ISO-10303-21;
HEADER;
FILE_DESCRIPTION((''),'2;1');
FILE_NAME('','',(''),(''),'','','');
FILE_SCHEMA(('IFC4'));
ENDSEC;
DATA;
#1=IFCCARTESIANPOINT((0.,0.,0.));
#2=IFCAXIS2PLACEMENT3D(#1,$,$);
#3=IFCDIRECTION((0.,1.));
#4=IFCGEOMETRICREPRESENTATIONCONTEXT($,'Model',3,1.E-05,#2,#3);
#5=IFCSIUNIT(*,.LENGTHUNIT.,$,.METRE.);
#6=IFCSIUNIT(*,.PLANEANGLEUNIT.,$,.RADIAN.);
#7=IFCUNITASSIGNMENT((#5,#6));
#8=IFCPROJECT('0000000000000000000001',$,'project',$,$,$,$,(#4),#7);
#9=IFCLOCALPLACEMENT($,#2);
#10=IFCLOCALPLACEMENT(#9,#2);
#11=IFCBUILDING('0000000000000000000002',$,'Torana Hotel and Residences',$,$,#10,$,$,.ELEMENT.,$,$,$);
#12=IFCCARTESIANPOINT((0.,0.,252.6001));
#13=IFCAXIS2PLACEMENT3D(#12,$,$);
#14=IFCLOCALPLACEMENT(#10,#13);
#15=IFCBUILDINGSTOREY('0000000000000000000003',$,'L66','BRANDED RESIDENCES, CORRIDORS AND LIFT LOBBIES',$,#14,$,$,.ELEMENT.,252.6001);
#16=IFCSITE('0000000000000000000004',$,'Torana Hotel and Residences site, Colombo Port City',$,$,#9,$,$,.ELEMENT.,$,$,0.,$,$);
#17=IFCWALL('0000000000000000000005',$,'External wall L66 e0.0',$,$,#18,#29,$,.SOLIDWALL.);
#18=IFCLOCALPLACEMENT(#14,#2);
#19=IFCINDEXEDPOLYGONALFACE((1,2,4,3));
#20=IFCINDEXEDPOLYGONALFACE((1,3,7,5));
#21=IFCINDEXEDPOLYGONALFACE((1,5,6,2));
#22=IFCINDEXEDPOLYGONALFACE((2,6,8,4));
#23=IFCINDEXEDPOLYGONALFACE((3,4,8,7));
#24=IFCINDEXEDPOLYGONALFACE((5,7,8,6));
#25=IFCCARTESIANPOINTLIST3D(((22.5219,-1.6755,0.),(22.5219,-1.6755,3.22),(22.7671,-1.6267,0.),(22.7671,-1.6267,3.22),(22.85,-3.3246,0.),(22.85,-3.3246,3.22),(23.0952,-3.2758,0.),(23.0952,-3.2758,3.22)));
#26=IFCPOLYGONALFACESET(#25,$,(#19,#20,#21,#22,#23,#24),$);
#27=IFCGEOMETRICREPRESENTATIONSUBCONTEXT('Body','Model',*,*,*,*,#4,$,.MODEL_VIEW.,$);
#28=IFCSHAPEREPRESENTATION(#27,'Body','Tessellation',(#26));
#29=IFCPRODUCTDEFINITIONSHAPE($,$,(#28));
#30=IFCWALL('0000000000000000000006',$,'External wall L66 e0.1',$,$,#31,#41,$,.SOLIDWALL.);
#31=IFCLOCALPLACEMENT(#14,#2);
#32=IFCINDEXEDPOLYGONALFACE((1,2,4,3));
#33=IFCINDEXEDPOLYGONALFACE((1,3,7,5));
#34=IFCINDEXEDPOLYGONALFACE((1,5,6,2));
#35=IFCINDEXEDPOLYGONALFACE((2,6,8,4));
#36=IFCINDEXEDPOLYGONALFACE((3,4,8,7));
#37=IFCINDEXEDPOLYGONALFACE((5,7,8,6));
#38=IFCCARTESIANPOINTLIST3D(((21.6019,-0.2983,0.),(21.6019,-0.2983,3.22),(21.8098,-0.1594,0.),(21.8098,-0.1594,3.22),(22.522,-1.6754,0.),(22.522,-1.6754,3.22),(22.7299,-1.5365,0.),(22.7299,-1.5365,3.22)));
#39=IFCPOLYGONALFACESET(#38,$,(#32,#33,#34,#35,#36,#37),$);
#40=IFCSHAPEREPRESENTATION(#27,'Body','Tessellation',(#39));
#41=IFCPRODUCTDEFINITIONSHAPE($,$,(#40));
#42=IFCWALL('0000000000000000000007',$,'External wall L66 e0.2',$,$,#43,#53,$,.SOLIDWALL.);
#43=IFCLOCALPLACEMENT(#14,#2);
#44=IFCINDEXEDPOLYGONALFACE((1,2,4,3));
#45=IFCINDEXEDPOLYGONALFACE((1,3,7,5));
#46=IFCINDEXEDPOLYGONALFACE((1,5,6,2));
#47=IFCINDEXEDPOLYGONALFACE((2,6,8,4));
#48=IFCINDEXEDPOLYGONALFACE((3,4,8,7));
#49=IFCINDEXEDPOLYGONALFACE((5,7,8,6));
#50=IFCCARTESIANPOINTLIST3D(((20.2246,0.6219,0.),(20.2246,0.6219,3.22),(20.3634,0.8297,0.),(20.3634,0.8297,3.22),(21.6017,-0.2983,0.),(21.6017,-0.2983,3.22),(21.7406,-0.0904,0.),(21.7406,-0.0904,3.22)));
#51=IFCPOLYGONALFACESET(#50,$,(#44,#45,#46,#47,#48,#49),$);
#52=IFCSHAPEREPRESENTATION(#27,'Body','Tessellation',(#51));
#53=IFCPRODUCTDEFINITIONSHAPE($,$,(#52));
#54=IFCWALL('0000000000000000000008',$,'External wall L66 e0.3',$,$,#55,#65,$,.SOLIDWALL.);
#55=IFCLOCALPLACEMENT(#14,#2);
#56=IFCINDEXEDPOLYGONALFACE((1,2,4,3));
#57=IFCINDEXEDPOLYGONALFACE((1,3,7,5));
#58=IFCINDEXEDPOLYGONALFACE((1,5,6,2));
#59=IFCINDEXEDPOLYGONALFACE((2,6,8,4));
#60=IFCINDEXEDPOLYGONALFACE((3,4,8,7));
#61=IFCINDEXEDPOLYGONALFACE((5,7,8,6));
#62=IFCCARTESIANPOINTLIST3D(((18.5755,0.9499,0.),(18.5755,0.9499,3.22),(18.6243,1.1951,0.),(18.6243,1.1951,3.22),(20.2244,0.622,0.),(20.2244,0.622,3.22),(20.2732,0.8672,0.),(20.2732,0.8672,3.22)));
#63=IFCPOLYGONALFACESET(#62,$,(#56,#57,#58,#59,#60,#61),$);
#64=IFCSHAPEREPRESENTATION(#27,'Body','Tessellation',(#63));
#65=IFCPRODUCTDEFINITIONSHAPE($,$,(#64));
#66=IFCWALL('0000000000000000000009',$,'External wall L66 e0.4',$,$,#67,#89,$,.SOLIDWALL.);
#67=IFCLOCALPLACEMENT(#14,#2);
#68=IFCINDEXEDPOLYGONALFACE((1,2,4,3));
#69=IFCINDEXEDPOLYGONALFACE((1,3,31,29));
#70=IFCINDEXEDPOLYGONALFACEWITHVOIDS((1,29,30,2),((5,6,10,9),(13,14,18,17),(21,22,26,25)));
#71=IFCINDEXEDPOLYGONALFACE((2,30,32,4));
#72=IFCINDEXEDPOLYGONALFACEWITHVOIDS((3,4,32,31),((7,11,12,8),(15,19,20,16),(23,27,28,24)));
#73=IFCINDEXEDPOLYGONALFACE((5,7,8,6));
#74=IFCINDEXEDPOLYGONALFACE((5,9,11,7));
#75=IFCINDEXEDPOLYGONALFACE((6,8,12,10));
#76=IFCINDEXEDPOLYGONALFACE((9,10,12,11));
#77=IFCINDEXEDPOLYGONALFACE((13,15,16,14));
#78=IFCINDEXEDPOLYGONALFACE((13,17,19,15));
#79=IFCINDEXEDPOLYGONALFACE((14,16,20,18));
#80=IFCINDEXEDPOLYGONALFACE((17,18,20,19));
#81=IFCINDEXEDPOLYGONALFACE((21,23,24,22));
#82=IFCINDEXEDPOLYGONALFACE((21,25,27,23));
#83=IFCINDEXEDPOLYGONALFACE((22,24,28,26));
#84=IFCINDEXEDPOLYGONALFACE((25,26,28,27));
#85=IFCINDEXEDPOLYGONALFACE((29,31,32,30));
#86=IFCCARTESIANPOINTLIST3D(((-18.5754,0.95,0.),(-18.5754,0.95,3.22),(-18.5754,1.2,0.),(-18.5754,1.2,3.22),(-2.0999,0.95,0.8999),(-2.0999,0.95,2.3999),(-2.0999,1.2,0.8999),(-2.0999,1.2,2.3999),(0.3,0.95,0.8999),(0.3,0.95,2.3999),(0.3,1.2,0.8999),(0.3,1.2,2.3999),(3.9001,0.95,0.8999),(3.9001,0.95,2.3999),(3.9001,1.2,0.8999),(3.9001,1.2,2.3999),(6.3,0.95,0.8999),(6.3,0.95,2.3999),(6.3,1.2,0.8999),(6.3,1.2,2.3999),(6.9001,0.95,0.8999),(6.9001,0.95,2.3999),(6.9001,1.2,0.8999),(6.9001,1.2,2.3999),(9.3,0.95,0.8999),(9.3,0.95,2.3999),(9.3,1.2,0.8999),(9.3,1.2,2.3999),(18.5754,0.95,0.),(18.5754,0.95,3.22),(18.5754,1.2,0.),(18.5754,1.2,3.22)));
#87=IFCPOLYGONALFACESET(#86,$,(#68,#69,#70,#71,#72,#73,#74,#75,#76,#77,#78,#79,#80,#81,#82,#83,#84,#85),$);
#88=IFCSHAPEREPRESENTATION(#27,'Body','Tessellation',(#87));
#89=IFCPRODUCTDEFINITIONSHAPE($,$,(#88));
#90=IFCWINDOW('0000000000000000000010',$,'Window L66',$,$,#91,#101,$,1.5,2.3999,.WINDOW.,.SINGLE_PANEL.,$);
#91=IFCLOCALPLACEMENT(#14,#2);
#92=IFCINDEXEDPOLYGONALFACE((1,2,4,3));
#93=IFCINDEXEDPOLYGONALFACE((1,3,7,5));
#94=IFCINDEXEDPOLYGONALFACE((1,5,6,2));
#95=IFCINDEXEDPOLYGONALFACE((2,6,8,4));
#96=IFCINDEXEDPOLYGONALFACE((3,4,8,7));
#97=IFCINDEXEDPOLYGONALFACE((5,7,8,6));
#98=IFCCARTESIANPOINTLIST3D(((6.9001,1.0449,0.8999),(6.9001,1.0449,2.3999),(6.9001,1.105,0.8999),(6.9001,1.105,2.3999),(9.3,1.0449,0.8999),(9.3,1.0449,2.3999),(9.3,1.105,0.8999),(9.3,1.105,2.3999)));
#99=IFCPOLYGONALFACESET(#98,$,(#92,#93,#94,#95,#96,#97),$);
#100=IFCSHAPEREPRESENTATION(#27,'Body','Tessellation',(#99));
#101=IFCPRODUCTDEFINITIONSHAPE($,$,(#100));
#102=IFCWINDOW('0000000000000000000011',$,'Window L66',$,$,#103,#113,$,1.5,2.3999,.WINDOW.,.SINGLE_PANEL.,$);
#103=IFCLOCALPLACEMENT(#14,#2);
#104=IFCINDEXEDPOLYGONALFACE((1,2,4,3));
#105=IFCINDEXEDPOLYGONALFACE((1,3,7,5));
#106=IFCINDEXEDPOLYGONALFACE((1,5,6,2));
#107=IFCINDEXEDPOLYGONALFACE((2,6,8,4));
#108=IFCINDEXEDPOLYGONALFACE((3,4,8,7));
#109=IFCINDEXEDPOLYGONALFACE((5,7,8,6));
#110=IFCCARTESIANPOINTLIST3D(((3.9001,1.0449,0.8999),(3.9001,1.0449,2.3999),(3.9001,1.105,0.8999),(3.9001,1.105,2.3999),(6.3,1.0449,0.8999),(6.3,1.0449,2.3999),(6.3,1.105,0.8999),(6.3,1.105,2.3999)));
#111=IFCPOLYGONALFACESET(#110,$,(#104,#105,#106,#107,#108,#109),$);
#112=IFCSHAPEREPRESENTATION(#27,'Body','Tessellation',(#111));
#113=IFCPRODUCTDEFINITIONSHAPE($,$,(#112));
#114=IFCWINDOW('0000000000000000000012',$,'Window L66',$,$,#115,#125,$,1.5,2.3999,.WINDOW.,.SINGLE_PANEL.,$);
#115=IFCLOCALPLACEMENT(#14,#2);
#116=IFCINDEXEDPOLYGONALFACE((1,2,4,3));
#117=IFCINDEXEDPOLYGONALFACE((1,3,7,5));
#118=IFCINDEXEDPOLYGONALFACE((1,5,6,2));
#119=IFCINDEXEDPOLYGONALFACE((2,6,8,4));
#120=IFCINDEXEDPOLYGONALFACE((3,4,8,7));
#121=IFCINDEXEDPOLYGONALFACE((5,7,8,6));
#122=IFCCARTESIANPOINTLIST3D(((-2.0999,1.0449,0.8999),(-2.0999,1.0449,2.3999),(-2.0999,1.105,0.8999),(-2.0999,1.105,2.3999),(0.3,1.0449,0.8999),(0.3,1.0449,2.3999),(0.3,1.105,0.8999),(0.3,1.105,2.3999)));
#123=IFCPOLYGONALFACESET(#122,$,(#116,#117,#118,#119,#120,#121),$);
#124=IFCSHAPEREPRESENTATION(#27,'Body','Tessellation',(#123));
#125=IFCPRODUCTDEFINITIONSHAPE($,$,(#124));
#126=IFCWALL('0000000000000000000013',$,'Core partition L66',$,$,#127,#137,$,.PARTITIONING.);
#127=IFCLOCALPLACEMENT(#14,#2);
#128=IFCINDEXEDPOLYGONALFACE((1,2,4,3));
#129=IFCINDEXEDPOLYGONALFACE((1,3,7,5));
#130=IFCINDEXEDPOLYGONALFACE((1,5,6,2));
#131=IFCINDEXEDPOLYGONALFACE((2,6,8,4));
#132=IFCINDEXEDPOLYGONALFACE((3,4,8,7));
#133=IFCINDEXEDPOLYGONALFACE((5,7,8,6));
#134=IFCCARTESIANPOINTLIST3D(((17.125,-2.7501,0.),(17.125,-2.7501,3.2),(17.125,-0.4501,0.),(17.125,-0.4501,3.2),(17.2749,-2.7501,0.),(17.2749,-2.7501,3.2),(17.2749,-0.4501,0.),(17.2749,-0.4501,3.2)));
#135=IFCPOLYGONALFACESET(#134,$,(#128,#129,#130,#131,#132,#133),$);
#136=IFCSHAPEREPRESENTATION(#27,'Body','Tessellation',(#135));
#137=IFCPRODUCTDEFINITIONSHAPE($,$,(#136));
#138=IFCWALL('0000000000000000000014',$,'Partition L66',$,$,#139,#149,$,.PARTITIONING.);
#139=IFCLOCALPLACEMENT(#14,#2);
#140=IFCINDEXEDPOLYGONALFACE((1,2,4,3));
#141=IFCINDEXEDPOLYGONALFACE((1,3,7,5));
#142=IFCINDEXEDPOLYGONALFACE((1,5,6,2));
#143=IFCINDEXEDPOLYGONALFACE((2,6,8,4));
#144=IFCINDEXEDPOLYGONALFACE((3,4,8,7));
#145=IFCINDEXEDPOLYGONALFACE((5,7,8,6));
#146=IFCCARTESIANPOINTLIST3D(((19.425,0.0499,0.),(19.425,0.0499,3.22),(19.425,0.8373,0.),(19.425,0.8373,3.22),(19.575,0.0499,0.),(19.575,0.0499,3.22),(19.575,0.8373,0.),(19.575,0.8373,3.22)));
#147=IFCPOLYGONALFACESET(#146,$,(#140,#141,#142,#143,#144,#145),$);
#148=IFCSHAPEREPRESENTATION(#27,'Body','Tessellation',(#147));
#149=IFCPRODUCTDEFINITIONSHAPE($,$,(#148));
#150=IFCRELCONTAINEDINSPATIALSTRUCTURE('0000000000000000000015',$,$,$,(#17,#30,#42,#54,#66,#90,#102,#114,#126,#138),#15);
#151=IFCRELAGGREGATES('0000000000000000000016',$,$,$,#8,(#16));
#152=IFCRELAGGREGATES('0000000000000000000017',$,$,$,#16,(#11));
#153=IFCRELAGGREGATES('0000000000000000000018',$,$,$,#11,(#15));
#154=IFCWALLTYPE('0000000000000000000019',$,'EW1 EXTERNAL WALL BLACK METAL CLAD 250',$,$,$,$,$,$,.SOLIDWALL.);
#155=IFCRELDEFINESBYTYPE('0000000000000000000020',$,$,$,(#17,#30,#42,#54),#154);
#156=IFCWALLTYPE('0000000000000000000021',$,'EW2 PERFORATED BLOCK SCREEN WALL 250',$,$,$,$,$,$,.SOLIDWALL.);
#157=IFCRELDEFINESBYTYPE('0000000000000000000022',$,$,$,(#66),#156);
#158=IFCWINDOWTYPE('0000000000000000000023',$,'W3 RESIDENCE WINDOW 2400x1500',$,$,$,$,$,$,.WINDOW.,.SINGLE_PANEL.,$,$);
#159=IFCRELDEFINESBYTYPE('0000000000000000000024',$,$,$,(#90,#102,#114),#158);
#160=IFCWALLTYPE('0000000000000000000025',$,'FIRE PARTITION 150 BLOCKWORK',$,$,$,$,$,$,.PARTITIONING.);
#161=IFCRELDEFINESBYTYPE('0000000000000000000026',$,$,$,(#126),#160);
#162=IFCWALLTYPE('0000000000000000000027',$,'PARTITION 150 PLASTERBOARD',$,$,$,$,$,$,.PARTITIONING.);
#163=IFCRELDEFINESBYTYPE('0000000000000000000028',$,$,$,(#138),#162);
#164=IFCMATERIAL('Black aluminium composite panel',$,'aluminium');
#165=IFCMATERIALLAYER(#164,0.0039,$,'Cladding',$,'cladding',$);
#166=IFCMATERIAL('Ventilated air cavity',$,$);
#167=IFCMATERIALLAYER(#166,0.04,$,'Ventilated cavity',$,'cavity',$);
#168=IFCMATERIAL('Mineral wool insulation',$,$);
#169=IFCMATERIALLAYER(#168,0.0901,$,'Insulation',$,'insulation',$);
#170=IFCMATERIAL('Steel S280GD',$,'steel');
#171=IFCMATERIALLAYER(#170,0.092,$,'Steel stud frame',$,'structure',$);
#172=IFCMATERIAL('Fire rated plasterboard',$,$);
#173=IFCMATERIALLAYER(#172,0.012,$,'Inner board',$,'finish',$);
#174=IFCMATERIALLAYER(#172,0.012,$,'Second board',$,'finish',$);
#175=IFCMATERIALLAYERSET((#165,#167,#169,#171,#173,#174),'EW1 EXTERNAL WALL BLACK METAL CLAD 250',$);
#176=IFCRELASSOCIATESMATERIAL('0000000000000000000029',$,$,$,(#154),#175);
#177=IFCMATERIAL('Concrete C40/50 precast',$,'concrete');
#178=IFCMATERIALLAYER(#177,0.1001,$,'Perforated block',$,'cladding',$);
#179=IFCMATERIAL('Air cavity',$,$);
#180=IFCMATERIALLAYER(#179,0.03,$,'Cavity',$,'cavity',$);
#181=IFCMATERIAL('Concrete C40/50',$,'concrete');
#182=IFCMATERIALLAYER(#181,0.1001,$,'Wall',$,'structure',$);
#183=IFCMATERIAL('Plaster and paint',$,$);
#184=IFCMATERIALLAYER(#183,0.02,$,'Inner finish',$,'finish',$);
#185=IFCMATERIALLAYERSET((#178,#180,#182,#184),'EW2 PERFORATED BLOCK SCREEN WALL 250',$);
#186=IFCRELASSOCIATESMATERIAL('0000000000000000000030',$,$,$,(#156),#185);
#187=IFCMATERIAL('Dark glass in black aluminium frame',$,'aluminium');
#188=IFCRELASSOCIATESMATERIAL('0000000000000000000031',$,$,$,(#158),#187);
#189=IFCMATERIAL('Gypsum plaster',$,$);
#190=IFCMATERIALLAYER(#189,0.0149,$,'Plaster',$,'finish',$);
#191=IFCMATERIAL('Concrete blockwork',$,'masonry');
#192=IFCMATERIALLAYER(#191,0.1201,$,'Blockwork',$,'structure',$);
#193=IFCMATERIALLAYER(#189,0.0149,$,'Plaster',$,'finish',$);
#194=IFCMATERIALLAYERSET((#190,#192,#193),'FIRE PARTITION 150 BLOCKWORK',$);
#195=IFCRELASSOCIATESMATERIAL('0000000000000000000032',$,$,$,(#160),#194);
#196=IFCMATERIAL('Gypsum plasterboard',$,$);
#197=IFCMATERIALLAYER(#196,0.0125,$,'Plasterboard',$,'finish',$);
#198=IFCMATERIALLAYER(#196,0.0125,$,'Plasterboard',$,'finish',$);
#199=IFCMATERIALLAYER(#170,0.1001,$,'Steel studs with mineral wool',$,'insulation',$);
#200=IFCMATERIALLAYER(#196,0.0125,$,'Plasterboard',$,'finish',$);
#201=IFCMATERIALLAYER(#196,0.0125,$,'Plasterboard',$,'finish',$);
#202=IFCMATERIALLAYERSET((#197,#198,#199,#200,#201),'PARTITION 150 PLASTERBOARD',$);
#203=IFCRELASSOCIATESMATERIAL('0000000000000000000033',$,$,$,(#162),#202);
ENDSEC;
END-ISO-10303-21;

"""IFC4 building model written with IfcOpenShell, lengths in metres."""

from ifc_helpers import new_model, si_unit, direction, frame, frame_2d, origin, place, context, subcontext, project, spatial, rectangle, extrude, material, layer, layer_set, type_object, element, fill, save


model = new_model("IFC4")

# Units and contexts
model_context = context("Model", 3, precision=1e-05, world=origin(), true_north=direction((0.0, 1.0)))
body_context = subcontext(model_context, "Body", "Model", "MODEL_VIEW")
ifc_project = project(units=[si_unit("LENGTHUNIT", "METRE"), si_unit("PLANEANGLEUNIT", "RADIAN")], contexts=[model_context])

# Site, building, storey
site_placement = place(None, origin())
site = spatial("IfcSite", under=ifc_project, at=site_placement, Name="Torana Hotel and Residences site, Colombo Port City", CompositionType="ELEMENT", RefElevation=0.0)
building_placement = place(site_placement, origin())
building = spatial("IfcBuilding", under=site, at=building_placement, Name="Torana Hotel and Residences", CompositionType="ELEMENT")
storey_placement = place(building_placement, frame((0.0, 0.0, 252.6001)))
storey = spatial("IfcBuildingStorey", under=building, at=storey_placement, Name="L66", Description="BRANDED RESIDENCES, CORRIDORS AND LIFT LOBBIES", CompositionType="ELEMENT", Elevation=252.6001)

# Walls
ifc_material_1 = material(Name="Black aluminium composite panel", Category="aluminium")
ifc_layer_1 = layer(ifc_material_1, 0.0039, Name="Cladding", Category="cladding")
ifc_material_2 = material(Name="Ventilated air cavity")
ifc_layer_2 = layer(ifc_material_2, 0.04, Name="Ventilated cavity", Category="cavity")
ifc_material_3 = material(Name="Mineral wool insulation")
ifc_layer_3 = layer(ifc_material_3, 0.0901, Name="Insulation", Category="insulation")
ifc_material_4 = material(Name="Steel S280GD", Category="steel")
ifc_layer_4 = layer(ifc_material_4, 0.092, Name="Steel stud frame", Category="structure")
ifc_material_5 = material(Name="Fire rated plasterboard")
ifc_layer_5 = layer(ifc_material_5, 0.012, Name="Inner board", Category="finish")
ifc_layer_6 = layer(ifc_material_5, 0.012, Name="Second board", Category="finish")
ifc_layer_set_1 = layer_set([ifc_layer_1, ifc_layer_2, ifc_layer_3, ifc_layer_4, ifc_layer_5, ifc_layer_6], Name="EW1 EXTERNAL WALL BLACK METAL CLAD 250")
wall_type_1 = type_object("IfcWallType", Name="EW1 EXTERNAL WALL BLACK METAL CLAD 250", PredefinedType="SOLIDWALL", material=ifc_layer_set_1)
wall_1_placement = place(storey_placement, frame((22.9727, -3.3003, 0.0), z_axis=(0.0, 0.0, 1.0), x_axis=(-0.195139, 0.980776, 0.0)))
element("IfcWall", 1, at=wall_1_placement, inside=storey, type_object=wall_type_1, Name="External wall L66 e0.0", PredefinedType="SOLIDWALL", context=body_context, shape_type="SweptSolid", body=[
    extrude(rectangle(XDim=1.6814, YDim=0.25, at=frame_2d((0.8408, 0.0))), origin(), (0.0, 0.0, 1.0), 3.22),
])
for number, where, z_axis, x_axis, name in (
    (2, (22.626, -1.606, 0.0), (0.0, 0.0, 1.0), (-0.55555, 0.831483, 0.0), "External wall L66 e0.1"),
    (3, (21.6711, -0.1943, 0.0), (0.0, 0.0, 1.0), (-0.831483, 0.55555, 0.0), "External wall L66 e0.2"),
):
    element("IfcWall", number, at=place(storey_placement, frame(where, z_axis=z_axis, x_axis=x_axis)), inside=storey, type_object=wall_type_1, Name=name, PredefinedType="SOLIDWALL", context=body_context, shape_type="SweptSolid", body=[
        extrude(rectangle(XDim=1.6562, YDim=0.25, at=frame_2d((0.8281, 0.0))), origin(), (0.0, 0.0, 1.0), 3.22),
    ])
wall_2_placement = place(storey_placement, frame((20.2488, 0.7446, 0.0), z_axis=(0.0, 0.0, 1.0), x_axis=(-0.980798, 0.195027, 0.0)))
element("IfcWall", 4, at=wall_2_placement, inside=storey, type_object=wall_type_1, Name="External wall L66 e0.3", PredefinedType="SOLIDWALL", context=body_context, shape_type="SweptSolid", body=[
    extrude(rectangle(XDim=1.6812, YDim=0.25, at=frame_2d((0.8406, 0.0))), origin(), (0.0, 0.0, 1.0), 3.22),
])

# Wall, openings, windows
ifc_material_6 = material(Name="Concrete C40/50 precast", Category="concrete")
ifc_layer_7 = layer(ifc_material_6, 0.1001, Name="Perforated block", Category="cladding")
ifc_material_7 = material(Name="Air cavity")
ifc_layer_8 = layer(ifc_material_7, 0.03, Name="Cavity", Category="cavity")
ifc_material_8 = material(Name="Concrete C40/50", Category="concrete")
ifc_layer_9 = layer(ifc_material_8, 0.1001, Name="Wall", Category="structure")
ifc_material_9 = material(Name="Plaster and paint")
ifc_layer_10 = layer(ifc_material_9, 0.02, Name="Inner finish", Category="finish")
ifc_layer_set_2 = layer_set([ifc_layer_7, ifc_layer_8, ifc_layer_9, ifc_layer_10], Name="EW2 PERFORATED BLOCK SCREEN WALL 250")
wall_type_2 = type_object("IfcWallType", Name="EW2 PERFORATED BLOCK SCREEN WALL 250", PredefinedType="SOLIDWALL", material=ifc_layer_set_2)
wall_3_placement = place(storey_placement, frame((18.5754, 1.075, 0.0), z_axis=(0.0, 0.0, 1.0), x_axis=(-1.0, 0.0, 0.0)))
wall_3 = element("IfcWall", 5, at=wall_3_placement, inside=storey, type_object=wall_type_2, Name="External wall L66 e0.4", PredefinedType="SOLIDWALL", context=body_context, shape_type="SweptSolid", body=[
    extrude(rectangle(XDim=37.1509, YDim=0.25, at=frame_2d((18.5754, 0.0))), origin(), (0.0, 0.0, 1.0), 3.22),
])
opening_1_placement = place(wall_3_placement, frame((9.2754, 0.0, 0.8999)))
opening_1 = element("IfcOpeningElement", 6, at=opening_1_placement, cuts=wall_3, PredefinedType="OPENING", context=body_context, shape_type="SweptSolid", body=[
    extrude(rectangle(XDim=2.3999, YDim=1.5, at=frame_2d((1.2, 0.75))), frame((0.0, 0.135, 0.0), z_axis=(0.0, -1.0, 0.0), x_axis=(1.0, 0.0, 0.0)), (0.0, 0.0, 1.0), 0.27),
])
opening_2_placement = place(wall_3_placement, frame((12.2754, 0.0, 0.8999)))
opening_2 = element("IfcOpeningElement", 7, at=opening_2_placement, cuts=wall_3, PredefinedType="OPENING", context=body_context, shape_type="SweptSolid", body=[
    extrude(rectangle(XDim=2.3999, YDim=1.5, at=frame_2d((1.2, 0.75))), frame((0.0, 0.135, 0.0), z_axis=(0.0, -1.0, 0.0), x_axis=(1.0, 0.0, 0.0)), (0.0, 0.0, 1.0), 0.27),
])
opening_3_placement = place(wall_3_placement, frame((18.2754, 0.0, 0.8999)))
opening_3 = element("IfcOpeningElement", 8, at=opening_3_placement, cuts=wall_3, PredefinedType="OPENING", context=body_context, shape_type="SweptSolid", body=[
    extrude(rectangle(XDim=2.3999, YDim=1.5, at=frame_2d((1.2, 0.75))), frame((0.0, 0.135, 0.0), z_axis=(0.0, -1.0, 0.0), x_axis=(1.0, 0.0, 0.0)), (0.0, 0.0, 1.0), 0.27),
])
ifc_material_10 = material(Name="Dark glass in black aluminium frame", Category="aluminium")
window_type = type_object("IfcWindowType", Name="W3 RESIDENCE WINDOW 2400x1500", PartitioningType="SINGLE_PANEL", PredefinedType="WINDOW", material=ifc_material_10)
window_1_placement = place(opening_1_placement, origin())
window_1 = element("IfcWindow", 9, at=window_1_placement, inside=storey, type_object=window_type, Name="Window L66", OverallHeight=1.5, OverallWidth=2.3999, PartitioningType="SINGLE_PANEL", PredefinedType="WINDOW", context=body_context, shape_type="SweptSolid", body=[
    extrude(rectangle(XDim=2.3999, YDim=1.5, at=frame_2d((1.2, 0.75))), frame((0.0, 0.03, 0.0), z_axis=(0.0, -1.0, 0.0), x_axis=(1.0, 0.0, 0.0)), (0.0, 0.0, 1.0), 0.0601),
])
fill(opening_1, window_1)
window_2_placement = place(opening_2_placement, origin())
window_2 = element("IfcWindow", 10, at=window_2_placement, inside=storey, type_object=window_type, Name="Window L66", OverallHeight=1.5, OverallWidth=2.3999, PartitioningType="SINGLE_PANEL", PredefinedType="WINDOW", context=body_context, shape_type="SweptSolid", body=[
    extrude(rectangle(XDim=2.3999, YDim=1.5, at=frame_2d((1.2, 0.75))), frame((0.0, 0.03, 0.0), z_axis=(0.0, -1.0, 0.0), x_axis=(1.0, 0.0, 0.0)), (0.0, 0.0, 1.0), 0.0601),
])
fill(opening_2, window_2)
window_3_placement = place(opening_3_placement, origin())
window_3 = element("IfcWindow", 11, at=window_3_placement, inside=storey, type_object=window_type, Name="Window L66", OverallHeight=1.5, OverallWidth=2.3999, PartitioningType="SINGLE_PANEL", PredefinedType="WINDOW", context=body_context, shape_type="SweptSolid", body=[
    extrude(rectangle(XDim=2.3999, YDim=1.5, at=frame_2d((1.2, 0.75))), frame((0.0, 0.03, 0.0), z_axis=(0.0, -1.0, 0.0), x_axis=(1.0, 0.0, 0.0)), (0.0, 0.0, 1.0), 0.0601),
])
fill(opening_3, window_3)

# Walls
ifc_material_11 = material(Name="Gypsum plaster")
ifc_layer_11 = layer(ifc_material_11, 0.0149, Name="Plaster", Category="finish")
ifc_material_12 = material(Name="Concrete blockwork", Category="masonry")
ifc_layer_12 = layer(ifc_material_12, 0.1201, Name="Blockwork", Category="structure")
ifc_layer_13 = layer(ifc_material_11, 0.0149, Name="Plaster", Category="finish")
ifc_layer_set_3 = layer_set([ifc_layer_11, ifc_layer_12, ifc_layer_13], Name="FIRE PARTITION 150 BLOCKWORK")
wall_type_3 = type_object("IfcWallType", Name="FIRE PARTITION 150 BLOCKWORK", PredefinedType="PARTITIONING", material=ifc_layer_set_3)
wall_4_placement = place(storey_placement, frame((17.2, -2.75, 0.0), z_axis=(0.0, 0.0, 1.0), x_axis=(0.0, 1.0, 0.0)))
element("IfcWall", 12, at=wall_4_placement, inside=storey, type_object=wall_type_3, Name="Core partition L66", PredefinedType="PARTITIONING", context=body_context, shape_type="SweptSolid", body=[
    extrude(rectangle(XDim=2.3, YDim=0.1499, at=frame_2d((1.1499, 0.0))), origin(), (0.0, 0.0, 1.0), 3.2),
])
ifc_material_13 = material(Name="Gypsum plasterboard")
ifc_layer_14 = layer(ifc_material_13, 0.0125, Name="Plasterboard", Category="finish")
ifc_layer_15 = layer(ifc_material_13, 0.0125, Name="Plasterboard", Category="finish")
ifc_layer_16 = layer(ifc_material_4, 0.1001, Name="Steel studs with mineral wool", Category="insulation")
ifc_layer_17 = layer(ifc_material_13, 0.0125, Name="Plasterboard", Category="finish")
ifc_layer_18 = layer(ifc_material_13, 0.0125, Name="Plasterboard", Category="finish")
ifc_layer_set_4 = layer_set([ifc_layer_14, ifc_layer_15, ifc_layer_16, ifc_layer_17, ifc_layer_18], Name="PARTITION 150 PLASTERBOARD")
wall_type_4 = type_object("IfcWallType", Name="PARTITION 150 PLASTERBOARD", PredefinedType="PARTITIONING", material=ifc_layer_set_4)
wall_5_placement = place(storey_placement, frame((19.5, 0.05, 0.0), z_axis=(0.0, 0.0, 1.0), x_axis=(0.0, 1.0, 0.0)))
element("IfcWall", 13, at=wall_5_placement, inside=storey, type_object=wall_type_4, Name="Partition L66", PredefinedType="PARTITIONING", context=body_context, shape_type="SweptSolid", body=[
    extrude(rectangle(XDim=0.7874, YDim=0.1499, at=frame_2d((0.3936, 0.0))), origin(), (0.0, 0.0, 1.0), 3.22),
])

save(model, "model.ifc")
